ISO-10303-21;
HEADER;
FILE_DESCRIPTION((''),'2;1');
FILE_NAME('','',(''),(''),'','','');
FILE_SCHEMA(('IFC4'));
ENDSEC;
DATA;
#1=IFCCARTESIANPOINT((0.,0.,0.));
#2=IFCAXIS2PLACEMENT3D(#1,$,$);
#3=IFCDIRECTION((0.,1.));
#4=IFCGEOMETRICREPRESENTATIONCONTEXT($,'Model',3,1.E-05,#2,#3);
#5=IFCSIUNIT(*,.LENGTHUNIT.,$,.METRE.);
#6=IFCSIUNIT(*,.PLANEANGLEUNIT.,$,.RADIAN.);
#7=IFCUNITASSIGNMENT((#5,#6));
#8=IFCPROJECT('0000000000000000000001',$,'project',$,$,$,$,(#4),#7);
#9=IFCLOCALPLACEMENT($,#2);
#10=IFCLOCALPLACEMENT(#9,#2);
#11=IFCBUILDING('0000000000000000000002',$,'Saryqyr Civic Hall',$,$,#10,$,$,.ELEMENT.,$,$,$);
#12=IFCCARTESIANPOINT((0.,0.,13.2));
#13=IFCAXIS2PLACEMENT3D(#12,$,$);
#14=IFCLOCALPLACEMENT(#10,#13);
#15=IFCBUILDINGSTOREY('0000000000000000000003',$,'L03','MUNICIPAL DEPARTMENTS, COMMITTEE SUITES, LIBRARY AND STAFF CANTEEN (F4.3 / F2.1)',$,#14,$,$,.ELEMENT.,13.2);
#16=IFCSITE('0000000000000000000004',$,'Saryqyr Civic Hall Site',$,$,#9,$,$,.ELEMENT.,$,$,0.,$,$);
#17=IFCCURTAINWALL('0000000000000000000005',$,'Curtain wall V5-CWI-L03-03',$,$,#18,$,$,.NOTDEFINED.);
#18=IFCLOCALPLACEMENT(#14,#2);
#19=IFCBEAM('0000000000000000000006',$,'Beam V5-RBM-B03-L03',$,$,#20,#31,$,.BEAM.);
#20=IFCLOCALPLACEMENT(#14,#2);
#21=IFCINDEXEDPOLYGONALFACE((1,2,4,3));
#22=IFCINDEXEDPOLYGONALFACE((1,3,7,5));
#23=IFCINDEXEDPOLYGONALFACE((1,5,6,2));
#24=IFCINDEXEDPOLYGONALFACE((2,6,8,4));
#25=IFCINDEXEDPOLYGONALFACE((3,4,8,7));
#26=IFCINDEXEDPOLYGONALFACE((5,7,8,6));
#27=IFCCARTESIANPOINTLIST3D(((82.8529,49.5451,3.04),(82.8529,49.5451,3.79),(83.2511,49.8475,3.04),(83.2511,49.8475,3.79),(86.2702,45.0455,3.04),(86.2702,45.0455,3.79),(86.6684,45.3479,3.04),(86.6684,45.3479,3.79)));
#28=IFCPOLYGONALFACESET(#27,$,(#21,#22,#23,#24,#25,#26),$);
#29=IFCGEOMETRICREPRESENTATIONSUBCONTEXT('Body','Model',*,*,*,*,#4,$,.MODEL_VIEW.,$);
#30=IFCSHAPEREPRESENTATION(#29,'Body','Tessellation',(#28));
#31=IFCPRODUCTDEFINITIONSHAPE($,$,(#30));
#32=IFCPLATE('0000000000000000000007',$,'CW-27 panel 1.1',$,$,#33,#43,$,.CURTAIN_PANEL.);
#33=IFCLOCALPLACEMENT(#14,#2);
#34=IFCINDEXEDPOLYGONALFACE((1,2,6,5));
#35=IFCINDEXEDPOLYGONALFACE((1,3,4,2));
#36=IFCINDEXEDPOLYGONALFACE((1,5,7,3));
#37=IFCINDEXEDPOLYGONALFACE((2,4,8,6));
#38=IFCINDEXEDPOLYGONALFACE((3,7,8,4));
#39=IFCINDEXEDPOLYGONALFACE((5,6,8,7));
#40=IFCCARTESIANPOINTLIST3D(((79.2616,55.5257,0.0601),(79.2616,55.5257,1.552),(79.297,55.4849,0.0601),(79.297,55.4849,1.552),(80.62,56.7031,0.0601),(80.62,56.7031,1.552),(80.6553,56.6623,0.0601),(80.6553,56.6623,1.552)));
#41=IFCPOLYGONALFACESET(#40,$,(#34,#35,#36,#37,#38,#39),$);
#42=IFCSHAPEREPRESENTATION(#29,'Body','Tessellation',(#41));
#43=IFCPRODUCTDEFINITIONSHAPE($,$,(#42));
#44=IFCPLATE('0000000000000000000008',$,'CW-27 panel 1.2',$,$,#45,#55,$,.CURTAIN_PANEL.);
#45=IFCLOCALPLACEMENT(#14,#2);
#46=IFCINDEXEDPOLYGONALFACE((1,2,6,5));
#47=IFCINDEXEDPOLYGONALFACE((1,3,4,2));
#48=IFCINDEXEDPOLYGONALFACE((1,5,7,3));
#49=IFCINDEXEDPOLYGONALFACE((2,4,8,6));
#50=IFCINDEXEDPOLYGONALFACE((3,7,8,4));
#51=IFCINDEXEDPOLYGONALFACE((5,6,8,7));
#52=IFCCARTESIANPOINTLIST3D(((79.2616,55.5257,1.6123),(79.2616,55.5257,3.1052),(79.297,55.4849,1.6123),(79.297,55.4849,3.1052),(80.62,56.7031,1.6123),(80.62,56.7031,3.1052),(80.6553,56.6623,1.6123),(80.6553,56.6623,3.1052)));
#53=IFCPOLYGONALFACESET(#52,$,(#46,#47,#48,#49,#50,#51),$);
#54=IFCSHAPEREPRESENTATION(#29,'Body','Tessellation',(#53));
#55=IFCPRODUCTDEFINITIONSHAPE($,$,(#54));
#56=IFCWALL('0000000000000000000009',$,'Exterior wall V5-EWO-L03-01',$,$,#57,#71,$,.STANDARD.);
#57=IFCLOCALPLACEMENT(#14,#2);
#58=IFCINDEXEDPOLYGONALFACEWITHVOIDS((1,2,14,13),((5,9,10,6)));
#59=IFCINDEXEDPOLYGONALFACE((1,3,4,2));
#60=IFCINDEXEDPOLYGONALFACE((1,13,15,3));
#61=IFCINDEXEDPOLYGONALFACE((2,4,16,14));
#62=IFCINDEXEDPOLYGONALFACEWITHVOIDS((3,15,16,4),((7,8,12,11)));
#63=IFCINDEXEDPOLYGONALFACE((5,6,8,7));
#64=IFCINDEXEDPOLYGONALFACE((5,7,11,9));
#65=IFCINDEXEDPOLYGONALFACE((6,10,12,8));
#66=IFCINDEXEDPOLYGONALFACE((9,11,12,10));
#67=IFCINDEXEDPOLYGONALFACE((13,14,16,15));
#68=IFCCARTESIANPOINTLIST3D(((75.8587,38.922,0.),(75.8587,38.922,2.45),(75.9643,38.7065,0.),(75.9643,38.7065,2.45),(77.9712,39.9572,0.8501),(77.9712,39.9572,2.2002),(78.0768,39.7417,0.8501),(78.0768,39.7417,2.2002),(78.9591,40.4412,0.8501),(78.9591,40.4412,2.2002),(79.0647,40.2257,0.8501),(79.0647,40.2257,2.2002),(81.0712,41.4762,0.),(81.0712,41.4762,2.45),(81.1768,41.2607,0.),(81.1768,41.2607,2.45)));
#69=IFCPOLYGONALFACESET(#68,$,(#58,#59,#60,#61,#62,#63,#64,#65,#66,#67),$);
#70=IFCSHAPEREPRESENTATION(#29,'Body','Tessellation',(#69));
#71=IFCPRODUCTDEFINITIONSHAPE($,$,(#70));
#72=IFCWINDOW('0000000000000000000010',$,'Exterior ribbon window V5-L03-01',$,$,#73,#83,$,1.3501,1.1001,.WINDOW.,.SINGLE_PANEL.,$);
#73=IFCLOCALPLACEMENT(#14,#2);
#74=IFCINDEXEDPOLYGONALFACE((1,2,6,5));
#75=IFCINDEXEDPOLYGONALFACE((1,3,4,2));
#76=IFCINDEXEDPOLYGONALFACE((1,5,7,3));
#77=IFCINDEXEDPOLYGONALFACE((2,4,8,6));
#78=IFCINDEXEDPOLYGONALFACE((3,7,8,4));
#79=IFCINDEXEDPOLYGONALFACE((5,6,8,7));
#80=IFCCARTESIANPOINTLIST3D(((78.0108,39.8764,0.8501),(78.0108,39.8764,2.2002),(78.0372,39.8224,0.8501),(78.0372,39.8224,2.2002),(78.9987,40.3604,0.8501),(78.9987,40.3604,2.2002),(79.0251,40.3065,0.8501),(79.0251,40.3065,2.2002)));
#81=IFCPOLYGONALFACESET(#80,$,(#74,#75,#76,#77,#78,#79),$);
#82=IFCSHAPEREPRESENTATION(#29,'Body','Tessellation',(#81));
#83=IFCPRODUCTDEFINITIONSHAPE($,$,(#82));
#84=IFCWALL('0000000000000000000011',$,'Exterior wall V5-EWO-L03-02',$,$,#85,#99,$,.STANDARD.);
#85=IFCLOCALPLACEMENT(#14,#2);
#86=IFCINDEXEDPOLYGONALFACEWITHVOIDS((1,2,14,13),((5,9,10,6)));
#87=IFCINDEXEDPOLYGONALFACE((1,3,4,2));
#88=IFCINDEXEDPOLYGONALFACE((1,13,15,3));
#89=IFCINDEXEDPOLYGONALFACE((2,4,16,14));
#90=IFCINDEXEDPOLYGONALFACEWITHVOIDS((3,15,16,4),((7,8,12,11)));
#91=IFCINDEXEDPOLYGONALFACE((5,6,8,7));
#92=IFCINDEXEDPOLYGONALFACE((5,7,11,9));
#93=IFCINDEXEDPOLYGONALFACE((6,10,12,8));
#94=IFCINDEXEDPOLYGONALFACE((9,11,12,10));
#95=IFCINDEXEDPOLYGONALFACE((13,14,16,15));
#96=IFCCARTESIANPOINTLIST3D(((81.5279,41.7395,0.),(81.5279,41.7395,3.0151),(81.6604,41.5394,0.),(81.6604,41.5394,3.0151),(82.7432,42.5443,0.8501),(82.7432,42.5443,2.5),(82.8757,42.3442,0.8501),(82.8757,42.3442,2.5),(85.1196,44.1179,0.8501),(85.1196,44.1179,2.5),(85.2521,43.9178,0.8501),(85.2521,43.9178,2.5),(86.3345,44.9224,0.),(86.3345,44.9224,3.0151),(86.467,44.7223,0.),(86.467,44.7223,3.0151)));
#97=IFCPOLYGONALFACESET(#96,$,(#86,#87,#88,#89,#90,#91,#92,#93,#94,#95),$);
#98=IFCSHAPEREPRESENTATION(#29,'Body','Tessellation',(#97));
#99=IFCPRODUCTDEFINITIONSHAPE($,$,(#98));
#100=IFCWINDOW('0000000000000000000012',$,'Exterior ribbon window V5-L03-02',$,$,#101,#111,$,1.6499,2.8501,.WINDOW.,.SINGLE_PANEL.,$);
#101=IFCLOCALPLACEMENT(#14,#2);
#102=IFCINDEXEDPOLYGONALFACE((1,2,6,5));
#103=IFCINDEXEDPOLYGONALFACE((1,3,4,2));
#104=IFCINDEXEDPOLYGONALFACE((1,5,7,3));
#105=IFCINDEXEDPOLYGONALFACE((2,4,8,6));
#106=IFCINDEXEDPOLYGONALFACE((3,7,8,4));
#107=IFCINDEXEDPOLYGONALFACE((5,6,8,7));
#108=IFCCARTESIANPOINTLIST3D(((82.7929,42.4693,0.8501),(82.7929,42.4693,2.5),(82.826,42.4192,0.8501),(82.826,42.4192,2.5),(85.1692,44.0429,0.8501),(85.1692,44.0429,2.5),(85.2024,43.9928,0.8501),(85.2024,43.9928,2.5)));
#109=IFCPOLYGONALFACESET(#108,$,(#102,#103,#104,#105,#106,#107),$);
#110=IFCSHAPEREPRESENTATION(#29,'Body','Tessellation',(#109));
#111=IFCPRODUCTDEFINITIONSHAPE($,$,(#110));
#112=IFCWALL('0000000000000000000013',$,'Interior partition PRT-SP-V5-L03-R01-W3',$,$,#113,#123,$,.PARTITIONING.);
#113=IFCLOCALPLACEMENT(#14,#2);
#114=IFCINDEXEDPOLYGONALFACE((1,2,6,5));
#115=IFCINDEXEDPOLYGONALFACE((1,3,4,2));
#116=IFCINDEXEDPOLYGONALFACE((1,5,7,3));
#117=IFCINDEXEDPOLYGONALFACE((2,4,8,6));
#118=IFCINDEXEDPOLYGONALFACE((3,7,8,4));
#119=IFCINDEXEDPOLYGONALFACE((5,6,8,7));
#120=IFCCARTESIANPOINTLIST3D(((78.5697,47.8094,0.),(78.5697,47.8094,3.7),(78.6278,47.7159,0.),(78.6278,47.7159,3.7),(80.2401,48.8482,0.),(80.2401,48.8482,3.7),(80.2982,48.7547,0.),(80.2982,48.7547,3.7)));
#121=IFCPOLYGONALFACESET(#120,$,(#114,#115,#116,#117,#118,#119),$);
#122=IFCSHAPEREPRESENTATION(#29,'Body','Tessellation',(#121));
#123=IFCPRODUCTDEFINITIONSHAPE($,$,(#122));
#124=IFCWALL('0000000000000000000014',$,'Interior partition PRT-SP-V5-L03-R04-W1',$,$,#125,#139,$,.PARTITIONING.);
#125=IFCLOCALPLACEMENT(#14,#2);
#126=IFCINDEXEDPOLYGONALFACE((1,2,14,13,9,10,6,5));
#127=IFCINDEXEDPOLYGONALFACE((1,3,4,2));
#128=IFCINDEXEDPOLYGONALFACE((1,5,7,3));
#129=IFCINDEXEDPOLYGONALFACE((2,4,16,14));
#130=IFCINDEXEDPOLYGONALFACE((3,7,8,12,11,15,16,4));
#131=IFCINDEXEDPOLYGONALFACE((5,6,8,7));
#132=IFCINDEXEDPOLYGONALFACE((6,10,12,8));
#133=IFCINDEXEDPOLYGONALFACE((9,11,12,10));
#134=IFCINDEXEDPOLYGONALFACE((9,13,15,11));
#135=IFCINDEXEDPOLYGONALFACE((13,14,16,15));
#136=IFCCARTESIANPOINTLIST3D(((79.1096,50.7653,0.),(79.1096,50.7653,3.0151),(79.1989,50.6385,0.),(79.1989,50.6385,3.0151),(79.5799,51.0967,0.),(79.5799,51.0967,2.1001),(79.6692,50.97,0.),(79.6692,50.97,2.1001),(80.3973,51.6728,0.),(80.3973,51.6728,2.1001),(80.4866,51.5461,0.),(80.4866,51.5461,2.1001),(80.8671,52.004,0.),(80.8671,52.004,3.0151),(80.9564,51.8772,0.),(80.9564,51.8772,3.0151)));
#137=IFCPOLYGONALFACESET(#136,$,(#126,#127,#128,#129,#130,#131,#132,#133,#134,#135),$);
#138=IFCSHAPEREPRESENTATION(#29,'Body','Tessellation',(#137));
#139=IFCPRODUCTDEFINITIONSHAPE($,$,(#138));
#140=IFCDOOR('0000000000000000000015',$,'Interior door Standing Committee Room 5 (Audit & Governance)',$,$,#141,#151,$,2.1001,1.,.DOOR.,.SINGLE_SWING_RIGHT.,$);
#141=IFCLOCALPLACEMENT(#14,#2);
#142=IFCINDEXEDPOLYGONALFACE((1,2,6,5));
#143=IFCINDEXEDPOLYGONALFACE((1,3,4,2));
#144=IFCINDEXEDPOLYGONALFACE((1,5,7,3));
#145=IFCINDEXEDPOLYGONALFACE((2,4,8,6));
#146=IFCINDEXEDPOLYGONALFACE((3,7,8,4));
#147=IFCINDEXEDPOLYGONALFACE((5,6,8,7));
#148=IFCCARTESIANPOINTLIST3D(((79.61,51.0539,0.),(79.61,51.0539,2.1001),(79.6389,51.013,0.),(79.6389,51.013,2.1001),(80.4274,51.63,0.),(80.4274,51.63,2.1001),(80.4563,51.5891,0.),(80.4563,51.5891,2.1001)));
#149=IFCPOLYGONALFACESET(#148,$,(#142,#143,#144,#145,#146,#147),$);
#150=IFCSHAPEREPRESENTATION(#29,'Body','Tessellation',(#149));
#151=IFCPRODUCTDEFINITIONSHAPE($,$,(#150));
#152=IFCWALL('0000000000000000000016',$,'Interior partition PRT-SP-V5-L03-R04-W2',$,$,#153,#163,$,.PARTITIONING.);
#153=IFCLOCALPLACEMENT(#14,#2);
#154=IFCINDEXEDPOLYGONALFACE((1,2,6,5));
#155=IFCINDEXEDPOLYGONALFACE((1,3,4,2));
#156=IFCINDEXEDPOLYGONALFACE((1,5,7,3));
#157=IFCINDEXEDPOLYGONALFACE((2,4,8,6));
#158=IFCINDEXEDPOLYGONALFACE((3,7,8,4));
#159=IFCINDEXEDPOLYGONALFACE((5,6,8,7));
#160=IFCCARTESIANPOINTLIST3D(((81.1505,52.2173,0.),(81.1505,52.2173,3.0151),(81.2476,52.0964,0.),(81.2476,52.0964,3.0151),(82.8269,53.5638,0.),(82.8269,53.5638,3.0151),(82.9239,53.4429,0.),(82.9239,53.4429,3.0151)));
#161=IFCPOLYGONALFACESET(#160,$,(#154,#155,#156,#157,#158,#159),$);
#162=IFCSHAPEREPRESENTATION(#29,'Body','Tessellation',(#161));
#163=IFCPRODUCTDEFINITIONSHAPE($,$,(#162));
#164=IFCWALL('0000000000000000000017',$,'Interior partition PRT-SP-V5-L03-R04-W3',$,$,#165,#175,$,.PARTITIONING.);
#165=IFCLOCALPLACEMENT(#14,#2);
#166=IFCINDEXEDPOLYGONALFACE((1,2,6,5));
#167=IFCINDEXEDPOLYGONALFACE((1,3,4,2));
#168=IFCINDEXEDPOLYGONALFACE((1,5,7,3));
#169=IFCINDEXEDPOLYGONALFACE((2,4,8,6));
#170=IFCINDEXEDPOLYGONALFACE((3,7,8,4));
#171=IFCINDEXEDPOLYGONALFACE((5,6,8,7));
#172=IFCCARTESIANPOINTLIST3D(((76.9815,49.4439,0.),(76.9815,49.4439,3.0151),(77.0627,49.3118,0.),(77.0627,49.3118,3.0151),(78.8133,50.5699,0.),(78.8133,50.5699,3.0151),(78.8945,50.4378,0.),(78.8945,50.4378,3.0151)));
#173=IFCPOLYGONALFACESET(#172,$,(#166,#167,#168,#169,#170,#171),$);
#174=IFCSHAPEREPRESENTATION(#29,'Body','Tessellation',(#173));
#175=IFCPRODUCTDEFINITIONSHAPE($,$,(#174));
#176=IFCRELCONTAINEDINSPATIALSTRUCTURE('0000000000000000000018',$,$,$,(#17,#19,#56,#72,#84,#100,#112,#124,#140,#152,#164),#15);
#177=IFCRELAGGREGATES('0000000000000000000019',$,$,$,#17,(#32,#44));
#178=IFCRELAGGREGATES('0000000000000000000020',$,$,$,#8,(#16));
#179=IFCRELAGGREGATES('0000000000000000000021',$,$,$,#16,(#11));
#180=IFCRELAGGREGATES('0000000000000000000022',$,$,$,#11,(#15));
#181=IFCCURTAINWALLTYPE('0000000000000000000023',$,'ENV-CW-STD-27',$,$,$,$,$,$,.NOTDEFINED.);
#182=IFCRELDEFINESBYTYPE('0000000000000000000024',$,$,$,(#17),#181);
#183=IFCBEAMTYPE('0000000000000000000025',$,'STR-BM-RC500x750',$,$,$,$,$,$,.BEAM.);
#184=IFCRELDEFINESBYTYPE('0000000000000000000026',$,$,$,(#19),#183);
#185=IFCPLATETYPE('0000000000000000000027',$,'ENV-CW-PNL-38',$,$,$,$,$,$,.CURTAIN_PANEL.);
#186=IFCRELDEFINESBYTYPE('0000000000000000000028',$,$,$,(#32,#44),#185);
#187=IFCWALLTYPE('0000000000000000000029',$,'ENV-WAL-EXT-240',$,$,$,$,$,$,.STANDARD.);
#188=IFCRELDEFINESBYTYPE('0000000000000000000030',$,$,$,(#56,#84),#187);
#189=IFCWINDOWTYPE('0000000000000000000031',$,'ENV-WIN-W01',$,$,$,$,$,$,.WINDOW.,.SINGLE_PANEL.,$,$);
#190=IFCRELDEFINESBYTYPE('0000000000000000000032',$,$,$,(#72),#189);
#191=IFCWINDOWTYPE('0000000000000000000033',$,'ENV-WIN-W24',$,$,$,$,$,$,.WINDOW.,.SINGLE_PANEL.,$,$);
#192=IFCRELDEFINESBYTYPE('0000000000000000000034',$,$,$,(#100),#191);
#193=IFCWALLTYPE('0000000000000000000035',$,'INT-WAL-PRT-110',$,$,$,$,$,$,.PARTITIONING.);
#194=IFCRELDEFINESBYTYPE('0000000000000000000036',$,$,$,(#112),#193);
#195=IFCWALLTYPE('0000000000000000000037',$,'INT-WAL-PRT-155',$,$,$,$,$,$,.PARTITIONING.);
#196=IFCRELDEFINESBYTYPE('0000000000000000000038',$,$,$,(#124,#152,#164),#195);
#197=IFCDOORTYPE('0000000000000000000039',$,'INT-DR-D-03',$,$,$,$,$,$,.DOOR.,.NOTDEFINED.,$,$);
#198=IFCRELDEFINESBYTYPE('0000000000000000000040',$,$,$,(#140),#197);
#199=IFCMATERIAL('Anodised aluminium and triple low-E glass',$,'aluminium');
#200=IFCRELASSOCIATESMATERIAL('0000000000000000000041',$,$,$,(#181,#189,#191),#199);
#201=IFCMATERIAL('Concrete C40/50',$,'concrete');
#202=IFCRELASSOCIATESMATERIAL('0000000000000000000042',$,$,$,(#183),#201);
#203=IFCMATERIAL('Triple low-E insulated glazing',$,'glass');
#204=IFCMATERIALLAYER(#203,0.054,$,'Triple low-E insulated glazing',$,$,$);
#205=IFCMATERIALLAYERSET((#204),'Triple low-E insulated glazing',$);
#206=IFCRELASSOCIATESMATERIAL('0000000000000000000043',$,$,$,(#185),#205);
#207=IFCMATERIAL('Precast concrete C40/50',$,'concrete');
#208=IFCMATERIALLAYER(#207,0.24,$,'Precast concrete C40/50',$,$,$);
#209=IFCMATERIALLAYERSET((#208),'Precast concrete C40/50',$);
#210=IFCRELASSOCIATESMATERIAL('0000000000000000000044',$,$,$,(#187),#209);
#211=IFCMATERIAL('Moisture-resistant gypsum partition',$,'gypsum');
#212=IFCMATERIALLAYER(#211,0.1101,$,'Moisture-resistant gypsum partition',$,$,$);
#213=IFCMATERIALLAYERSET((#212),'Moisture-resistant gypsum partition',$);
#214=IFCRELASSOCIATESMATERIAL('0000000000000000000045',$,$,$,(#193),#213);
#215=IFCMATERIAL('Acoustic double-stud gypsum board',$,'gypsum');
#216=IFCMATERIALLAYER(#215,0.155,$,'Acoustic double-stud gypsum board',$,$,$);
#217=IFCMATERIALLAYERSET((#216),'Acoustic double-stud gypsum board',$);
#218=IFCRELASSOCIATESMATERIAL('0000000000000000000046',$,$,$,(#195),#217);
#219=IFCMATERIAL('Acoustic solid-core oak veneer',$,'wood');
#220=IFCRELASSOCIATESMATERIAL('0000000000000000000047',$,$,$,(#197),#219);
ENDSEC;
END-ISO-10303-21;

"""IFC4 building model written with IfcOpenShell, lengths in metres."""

from ifc_helpers import new_model, si_unit, direction, frame, frame_2d, origin, origin_2d, place, context, subcontext, project, spatial, rectangle, extrude, material, layer, layer_set, material_profile, profile_set, type_object, element, fill, aggregate, save


model = new_model("IFC4")

# Units and contexts
model_context = context("Model", 3, precision=1e-05, world=origin(), true_north=direction((0.0, 1.0)))
body_context = subcontext(model_context, "Body", "Model", "MODEL_VIEW")
ifc_project = project(units=[si_unit("LENGTHUNIT", "METRE"), si_unit("PLANEANGLEUNIT", "RADIAN")], contexts=[model_context])

# Site, building, storey
site_placement = place(None, origin())
site = spatial("IfcSite", under=ifc_project, at=site_placement, Name="Saryqyr Civic Hall Site", CompositionType="ELEMENT", RefElevation=0.0)
building_placement = place(site_placement, origin())
building = spatial("IfcBuilding", under=site, at=building_placement, Name="Saryqyr Civic Hall", CompositionType="ELEMENT")
storey_placement = place(building_placement, frame((0.0, 0.0, 13.2)))
storey = spatial("IfcBuildingStorey", under=building, at=storey_placement, Name="L03", Description="MUNICIPAL DEPARTMENTS, COMMITTEE SUITES, LIBRARY AND STAFF CANTEEN (F4.3 / F2.1)", CompositionType="ELEMENT", Elevation=13.2)

# Shared definitions
ifc_material_1 = material(Name="Concrete C40/50", Category="concrete")

# Curtain wall
ifc_material_2 = material(Name="Anodised aluminium and triple low-E glass", Category="aluminium")
curtain_wall_type = type_object("IfcCurtainWallType", Name="ENV-CW-STD-27", PredefinedType="NOTDEFINED", material=ifc_material_2)
curtain_wall_placement = place(storey_placement, origin())
curtain_wall = element("IfcCurtainWall", 1, at=curtain_wall_placement, inside=storey, type_object=curtain_wall_type, Name="Curtain wall V5-CWI-L03-03", PredefinedType="NOTDEFINED")

# Beam
ifc_material_profile_1 = material_profile(ifc_material_1, rectangle(XDim=0.5, YDim=0.75, at=origin_2d()), Name="RC 500x750")
ifc_profile_set_1 = profile_set([ifc_material_profile_1], Name="Concrete C40/50")
beam_type_1 = type_object("IfcBeamType", Name="STR-BM-RC500x750", PredefinedType="BEAM", material=ifc_profile_set_1)
beam_1_placement = place(storey_placement, frame((83.052, 49.6963, 3.415), z_axis=(0.604815, -0.796366, 0.0), x_axis=(0.796366, 0.604815, 0.0)))
element("IfcBeam", 2, at=beam_1_placement, inside=storey, type_object=beam_type_1, Name="Beam V5-RBM-B03-L03", PredefinedType="BEAM", context=body_context, shape_type="SweptSolid", body=[
    extrude(rectangle(XDim=0.5, YDim=0.75, at=origin_2d()), origin(), (0.0, 0.0, 1.0), 5.6501),
])

# Plates
ifc_material_3 = material(Name="Triple low-E insulated glazing", Category="glass")
ifc_layer_1 = layer(ifc_material_3, 0.054, Name="Triple low-E insulated glazing")
ifc_layer_set_1 = layer_set([ifc_layer_1], Name="Triple low-E insulated glazing")
plate_type = type_object("IfcPlateType", Name="ENV-CW-PNL-38", PredefinedType="CURTAIN_PANEL", material=ifc_layer_set_1)
plate_1_placement = place(storey_placement, frame((79.9585, 56.094, 0.0601), z_axis=(0.0, 0.0, 1.0), x_axis=(0.755652, 0.654974, 0.0)))
plate_1 = element("IfcPlate", 3, at=plate_1_placement, type_object=plate_type, Name="CW-27 panel 1.1", PredefinedType="CURTAIN_PANEL", context=body_context, shape_type="SweptSolid", body=[
    extrude(rectangle(XDim=1.7976, YDim=0.054, at=origin_2d()), origin(), (0.0, 0.0, 1.0), 1.4919),
])
plate_2_placement = place(storey_placement, frame((79.9585, 56.094, 1.6123), z_axis=(0.0, 0.0, 1.0), x_axis=(0.755652, 0.654974, 0.0)))
plate_2 = element("IfcPlate", 4, at=plate_2_placement, type_object=plate_type, Name="CW-27 panel 1.2", PredefinedType="CURTAIN_PANEL", context=body_context, shape_type="SweptSolid", body=[
    extrude(rectangle(XDim=1.7976, YDim=0.054, at=origin_2d()), origin(), (0.0, 0.0, 1.0), 1.4929),
])
aggregate(curtain_wall, [plate_1, plate_2])

# Walls, openings, windows
ifc_material_4 = material(Name="Precast concrete C40/50", Category="concrete")
ifc_layer_2 = layer(ifc_material_4, 0.24, Name="Precast concrete C40/50")
ifc_layer_set_2 = layer_set([ifc_layer_2], Name="Precast concrete C40/50")
wall_type_1 = type_object("IfcWallType", Name="ENV-WAL-EXT-240", PredefinedType="STANDARD", material=ifc_layer_set_2)
wall_1_placement = place(storey_placement, frame((81.124, 41.3684, 0.0), z_axis=(0.0, 0.0, 1.0), x_axis=(-0.89799, -0.440016, 0.0)))
wall_1 = element("IfcWall", 5, at=wall_1_placement, inside=storey, type_object=wall_type_1, Name="Exterior wall V5-EWO-L03-01", PredefinedType="STANDARD", context=body_context, shape_type="SweptSolid", body=[
    extrude(rectangle(XDim=5.8047, YDim=0.24, at=frame_2d((2.9023, 0.0))), origin(), (0.0, 0.0, 1.0), 2.45),
])
opening_1_placement = place(wall_1_placement, frame((2.3521, 0.0, 0.8501)))
opening_1 = element("IfcOpeningElement", 6, at=opening_1_placement, cuts=wall_1, PredefinedType="OPENING", context=body_context, shape_type="SweptSolid", body=[
    extrude(rectangle(XDim=1.1001, YDim=1.3501, at=frame_2d((0.55, 0.675))), frame((0.0, 0.1299, 0.0), z_axis=(0.0, -1.0, 0.0), x_axis=(1.0, 0.0, 0.0)), (0.0, 0.0, 1.0), 0.26),
])
window_type_1 = type_object("IfcWindowType", Name="ENV-WIN-W01", PartitioningType="SINGLE_PANEL", PredefinedType="WINDOW", material=ifc_material_2)
window_1_placement = place(opening_1_placement, origin())
window_1 = element("IfcWindow", 7, at=window_1_placement, inside=storey, type_object=window_type_1, Name="Exterior ribbon window V5-L03-01", OverallHeight=1.3501, OverallWidth=1.1001, PartitioningType="SINGLE_PANEL", PredefinedType="WINDOW", context=body_context, shape_type="SweptSolid", body=[
    extrude(rectangle(XDim=1.1001, YDim=1.3501, at=frame_2d((0.55, 0.675))), frame((0.0, 0.03, 0.0), z_axis=(0.0, -1.0, 0.0), x_axis=(1.0, 0.0, 0.0)), (0.0, 0.0, 1.0), 0.0601),
])
fill(opening_1, window_1)
wall_2_placement = place(storey_placement, frame((86.4006, 44.8223, 0.0), z_axis=(0.0, 0.0, 1.0), x_axis=(-0.833773, -0.552108, 0.0)))
wall_2 = element("IfcWall", 8, at=wall_2_placement, inside=storey, type_object=wall_type_1, Name="Exterior wall V5-EWO-L03-02", PredefinedType="STANDARD", context=body_context, shape_type="SweptSolid", body=[
    extrude(rectangle(XDim=5.7649, YDim=0.24, at=frame_2d((2.8823, 0.0))), origin(), (0.0, 0.0, 1.0), 3.0151),
])
opening_2_placement = place(wall_2_placement, frame((1.457, 0.0, 0.8501)))
opening_2 = element("IfcOpeningElement", 9, at=opening_2_placement, cuts=wall_2, PredefinedType="OPENING", context=body_context, shape_type="SweptSolid", body=[
    extrude(rectangle(XDim=2.8501, YDim=1.6499, at=frame_2d((1.425, 0.825))), frame((0.0, 0.1299, 0.0), z_axis=(0.0, -1.0, 0.0), x_axis=(1.0, 0.0, 0.0)), (0.0, 0.0, 1.0), 0.26),
])
window_type_2 = type_object("IfcWindowType", Name="ENV-WIN-W24", PartitioningType="SINGLE_PANEL", PredefinedType="WINDOW", material=ifc_material_2)
window_2_placement = place(opening_2_placement, origin())
window_2 = element("IfcWindow", 10, at=window_2_placement, inside=storey, type_object=window_type_2, Name="Exterior ribbon window V5-L03-02", OverallHeight=1.6499, OverallWidth=2.8501, PartitioningType="SINGLE_PANEL", PredefinedType="WINDOW", context=body_context, shape_type="SweptSolid", body=[
    extrude(rectangle(XDim=2.8501, YDim=1.6499, at=frame_2d((1.425, 0.825))), frame((0.0, 0.03, 0.0), z_axis=(0.0, -1.0, 0.0), x_axis=(1.0, 0.0, 0.0)), (0.0, 0.0, 1.0), 0.0601),
])
fill(opening_2, window_2)

# Wall
ifc_material_5 = material(Name="Moisture-resistant gypsum partition", Category="gypsum")
ifc_layer_3 = layer(ifc_material_5, 0.1101, Name="Moisture-resistant gypsum partition")
ifc_layer_set_3 = layer_set([ifc_layer_3], Name="Moisture-resistant gypsum partition")
wall_type_2 = type_object("IfcWallType", Name="INT-WAL-PRT-110", PredefinedType="PARTITIONING", material=ifc_layer_set_3)
wall_3_placement = place(storey_placement, frame((78.5989, 47.7627, 0.0), z_axis=(0.0, 0.0, 1.0), x_axis=(0.849182, 0.528101, 0.0)))
element("IfcWall", 11, at=wall_3_placement, inside=storey, type_object=wall_type_2, Name="Interior partition PRT-SP-V5-L03-R01-W3", PredefinedType="PARTITIONING", context=body_context, shape_type="SweptSolid", body=[
    extrude(rectangle(XDim=1.967, YDim=0.1101, at=frame_2d((0.9834, 0.0))), origin(), (0.0, 0.0, 1.0), 3.7),
])

# Wall, opening, door
ifc_material_6 = material(Name="Acoustic double-stud gypsum board", Category="gypsum")
ifc_layer_4 = layer(ifc_material_6, 0.155, Name="Acoustic double-stud gypsum board")
ifc_layer_set_4 = layer_set([ifc_layer_4], Name="Acoustic double-stud gypsum board")
wall_type_3 = type_object("IfcWallType", Name="INT-WAL-PRT-155", PredefinedType="PARTITIONING", material=ifc_layer_set_4)
wall_4_placement = place(storey_placement, frame((80.9119, 51.9407, 0.0), z_axis=(0.0, 0.0, 1.0), x_axis=(-0.817377, -0.576104, 0.0)))
wall_4 = element("IfcWall", 12, at=wall_4_placement, inside=storey, type_object=wall_type_3, Name="Interior partition PRT-SP-V5-L03-R04-W1", PredefinedType="PARTITIONING", context=body_context, shape_type="SweptSolid", body=[
    extrude(rectangle(XDim=2.1501, YDim=0.155, at=frame_2d((1.0752, 0.0))), origin(), (0.0, 0.0, 1.0), 3.0151),
])
opening_3_placement = place(wall_4_placement, frame((0.575, 0.0, 0.0)))
opening_3 = element("IfcOpeningElement", 13, at=opening_3_placement, cuts=wall_4, PredefinedType="OPENING", context=body_context, shape_type="SweptSolid", body=[
    extrude(rectangle(XDim=1.0, YDim=2.1001, at=frame_2d((0.5, 1.05))), frame((0.0, 0.0874, 0.0), z_axis=(0.0, -1.0, 0.0), x_axis=(1.0, 0.0, 0.0)), (0.0, 0.0, 1.0), 0.175),
])
ifc_material_7 = material(Name="Acoustic solid-core oak veneer", Category="wood")
door_type = type_object("IfcDoorType", Name="INT-DR-D-03", OperationType="NOTDEFINED", PredefinedType="DOOR", material=ifc_material_7)
door_placement = place(opening_3_placement, origin())
door = element("IfcDoor", 14, at=door_placement, inside=storey, type_object=door_type, Name="Interior door Standing Committee Room 5 (Audit & Governance)", OperationType="SINGLE_SWING_RIGHT", OverallHeight=2.1001, OverallWidth=1.0, PredefinedType="DOOR", context=body_context, shape_type="SweptSolid", body=[
    extrude(rectangle(XDim=1.0, YDim=2.1001, at=frame_2d((0.5, 1.05))), frame((0.0, 0.0249, 0.0), z_axis=(0.0, -1.0, 0.0), x_axis=(1.0, 0.0, 0.0)), (0.0, 0.0, 1.0), 0.05),
])
fill(opening_3, door)

# Walls
for number, where, z_axis, x_axis, name in (
    (15, (82.8755, 53.5034, 0.0), (0.0, 0.0, 1.0), (-0.779638, -0.626231, 0.0), "Interior partition PRT-SP-V5-L03-R04-W2"),
    (16, (78.854, 50.5039, 0.0), (0.0, 0.0, 1.0), (-0.851923, -0.523667, 0.0), "Interior partition PRT-SP-V5-L03-R04-W3"),
):
    element("IfcWall", number, at=place(storey_placement, frame(where, z_axis=z_axis, x_axis=x_axis)), inside=storey, type_object=wall_type_3, Name=name, PredefinedType="PARTITIONING", context=body_context, shape_type="SweptSolid", body=[
        extrude(rectangle(XDim=2.1501, YDim=0.155, at=frame_2d((1.0752, 0.0))), origin(), (0.0, 0.0, 1.0), 3.0151),
    ])

save(model, "model.ifc")
